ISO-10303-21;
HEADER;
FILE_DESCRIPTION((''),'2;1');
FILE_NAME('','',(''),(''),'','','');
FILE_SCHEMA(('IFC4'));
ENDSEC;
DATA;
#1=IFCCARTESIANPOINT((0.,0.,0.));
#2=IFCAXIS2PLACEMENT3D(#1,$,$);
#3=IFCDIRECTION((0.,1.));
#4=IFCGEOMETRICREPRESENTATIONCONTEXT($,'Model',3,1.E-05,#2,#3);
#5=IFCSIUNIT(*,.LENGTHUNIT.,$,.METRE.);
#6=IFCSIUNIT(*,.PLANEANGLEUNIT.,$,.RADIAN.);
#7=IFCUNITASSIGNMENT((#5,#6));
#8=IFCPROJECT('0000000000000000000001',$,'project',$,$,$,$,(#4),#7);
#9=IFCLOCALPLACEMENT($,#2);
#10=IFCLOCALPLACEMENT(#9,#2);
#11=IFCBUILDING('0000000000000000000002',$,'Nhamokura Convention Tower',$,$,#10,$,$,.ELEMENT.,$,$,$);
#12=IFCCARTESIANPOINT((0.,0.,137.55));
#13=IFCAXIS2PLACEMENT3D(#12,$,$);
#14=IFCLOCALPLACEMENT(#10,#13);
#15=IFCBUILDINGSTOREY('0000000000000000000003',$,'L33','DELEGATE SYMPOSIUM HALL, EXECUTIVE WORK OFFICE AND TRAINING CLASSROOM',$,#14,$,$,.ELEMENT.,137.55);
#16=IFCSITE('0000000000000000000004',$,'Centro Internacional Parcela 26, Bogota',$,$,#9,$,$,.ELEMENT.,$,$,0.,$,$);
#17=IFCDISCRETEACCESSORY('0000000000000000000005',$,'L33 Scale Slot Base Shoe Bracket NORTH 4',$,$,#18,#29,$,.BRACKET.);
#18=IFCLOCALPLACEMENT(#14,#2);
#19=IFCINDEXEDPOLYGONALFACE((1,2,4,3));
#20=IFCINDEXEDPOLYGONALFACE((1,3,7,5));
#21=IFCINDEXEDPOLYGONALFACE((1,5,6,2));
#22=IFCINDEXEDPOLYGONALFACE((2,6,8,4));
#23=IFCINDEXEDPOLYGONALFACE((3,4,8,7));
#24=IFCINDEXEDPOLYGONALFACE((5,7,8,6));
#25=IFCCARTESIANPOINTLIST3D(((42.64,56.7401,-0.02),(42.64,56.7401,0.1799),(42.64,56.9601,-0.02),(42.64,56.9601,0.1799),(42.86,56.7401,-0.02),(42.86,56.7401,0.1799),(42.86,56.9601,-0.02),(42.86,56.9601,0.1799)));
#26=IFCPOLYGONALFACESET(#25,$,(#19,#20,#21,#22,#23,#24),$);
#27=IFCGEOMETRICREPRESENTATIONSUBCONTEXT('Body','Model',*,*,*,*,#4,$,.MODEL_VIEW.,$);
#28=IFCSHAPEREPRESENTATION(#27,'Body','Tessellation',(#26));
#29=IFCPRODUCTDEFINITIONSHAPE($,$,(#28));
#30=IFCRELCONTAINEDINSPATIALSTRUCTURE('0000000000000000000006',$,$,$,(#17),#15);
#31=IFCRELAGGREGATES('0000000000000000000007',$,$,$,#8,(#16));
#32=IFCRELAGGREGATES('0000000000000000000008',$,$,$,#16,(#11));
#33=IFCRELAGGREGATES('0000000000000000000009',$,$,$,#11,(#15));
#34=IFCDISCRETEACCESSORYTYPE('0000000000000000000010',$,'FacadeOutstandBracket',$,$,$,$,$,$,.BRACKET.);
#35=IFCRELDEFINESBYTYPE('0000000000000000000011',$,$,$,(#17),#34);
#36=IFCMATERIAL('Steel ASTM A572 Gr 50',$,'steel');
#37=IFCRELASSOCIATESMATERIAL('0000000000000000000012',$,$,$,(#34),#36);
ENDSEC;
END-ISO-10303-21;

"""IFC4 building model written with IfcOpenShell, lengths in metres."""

from ifc_helpers import new_model, si_unit, direction, frame, origin, origin_2d, place, context, subcontext, project, spatial, rectangle, extrude, material, type_object, element, save


model = new_model("IFC4")

# Units and contexts
model_context = context("Model", 3, precision=1e-05, world=origin(), true_north=direction((0.0, 1.0)))
body_context = subcontext(model_context, "Body", "Model", "MODEL_VIEW")
ifc_project = project(units=[si_unit("LENGTHUNIT", "METRE"), si_unit("PLANEANGLEUNIT", "RADIAN")], contexts=[model_context])

# Site, building, storey
site_placement = place(None, origin())
site = spatial("IfcSite", under=ifc_project, at=site_placement, Name="Centro Internacional Parcela 26, Bogota", CompositionType="ELEMENT", RefElevation=0.0)
building_placement = place(site_placement, origin())
building = spatial("IfcBuilding", under=site, at=building_placement, Name="Nhamokura Convention Tower", CompositionType="ELEMENT")
storey_placement = place(building_placement, frame((0.0, 0.0, 137.55)))
storey = spatial("IfcBuildingStorey", under=building, at=storey_placement, Name="L33", Description="DELEGATE SYMPOSIUM HALL, EXECUTIVE WORK OFFICE AND TRAINING CLASSROOM", CompositionType="ELEMENT", Elevation=137.55)

# Discrete accessory
ifc_material_1 = material(Name="Steel ASTM A572 Gr 50", Category="steel")
discrete_accessory_type = type_object("IfcDiscreteAccessoryType", Name="FacadeOutstandBracket", PredefinedType="BRACKET", material=ifc_material_1)
discrete_accessory_placement = place(storey_placement, frame((42.75, 56.8501, -0.02), z_axis=(0.0, 0.0, 1.0), x_axis=(1.0, 0.0, 0.0)))
element("IfcDiscreteAccessory", 1, at=discrete_accessory_placement, inside=storey, type_object=discrete_accessory_type, Name="L33 Scale Slot Base Shoe Bracket NORTH 4", PredefinedType="BRACKET", context=body_context, shape_type="SweptSolid", body=[
    extrude(rectangle(XDim=0.22, YDim=0.22, at=origin_2d()), origin(), (0.0, 0.0, 1.0), 0.2),
])

save(model, "model.ifc")
